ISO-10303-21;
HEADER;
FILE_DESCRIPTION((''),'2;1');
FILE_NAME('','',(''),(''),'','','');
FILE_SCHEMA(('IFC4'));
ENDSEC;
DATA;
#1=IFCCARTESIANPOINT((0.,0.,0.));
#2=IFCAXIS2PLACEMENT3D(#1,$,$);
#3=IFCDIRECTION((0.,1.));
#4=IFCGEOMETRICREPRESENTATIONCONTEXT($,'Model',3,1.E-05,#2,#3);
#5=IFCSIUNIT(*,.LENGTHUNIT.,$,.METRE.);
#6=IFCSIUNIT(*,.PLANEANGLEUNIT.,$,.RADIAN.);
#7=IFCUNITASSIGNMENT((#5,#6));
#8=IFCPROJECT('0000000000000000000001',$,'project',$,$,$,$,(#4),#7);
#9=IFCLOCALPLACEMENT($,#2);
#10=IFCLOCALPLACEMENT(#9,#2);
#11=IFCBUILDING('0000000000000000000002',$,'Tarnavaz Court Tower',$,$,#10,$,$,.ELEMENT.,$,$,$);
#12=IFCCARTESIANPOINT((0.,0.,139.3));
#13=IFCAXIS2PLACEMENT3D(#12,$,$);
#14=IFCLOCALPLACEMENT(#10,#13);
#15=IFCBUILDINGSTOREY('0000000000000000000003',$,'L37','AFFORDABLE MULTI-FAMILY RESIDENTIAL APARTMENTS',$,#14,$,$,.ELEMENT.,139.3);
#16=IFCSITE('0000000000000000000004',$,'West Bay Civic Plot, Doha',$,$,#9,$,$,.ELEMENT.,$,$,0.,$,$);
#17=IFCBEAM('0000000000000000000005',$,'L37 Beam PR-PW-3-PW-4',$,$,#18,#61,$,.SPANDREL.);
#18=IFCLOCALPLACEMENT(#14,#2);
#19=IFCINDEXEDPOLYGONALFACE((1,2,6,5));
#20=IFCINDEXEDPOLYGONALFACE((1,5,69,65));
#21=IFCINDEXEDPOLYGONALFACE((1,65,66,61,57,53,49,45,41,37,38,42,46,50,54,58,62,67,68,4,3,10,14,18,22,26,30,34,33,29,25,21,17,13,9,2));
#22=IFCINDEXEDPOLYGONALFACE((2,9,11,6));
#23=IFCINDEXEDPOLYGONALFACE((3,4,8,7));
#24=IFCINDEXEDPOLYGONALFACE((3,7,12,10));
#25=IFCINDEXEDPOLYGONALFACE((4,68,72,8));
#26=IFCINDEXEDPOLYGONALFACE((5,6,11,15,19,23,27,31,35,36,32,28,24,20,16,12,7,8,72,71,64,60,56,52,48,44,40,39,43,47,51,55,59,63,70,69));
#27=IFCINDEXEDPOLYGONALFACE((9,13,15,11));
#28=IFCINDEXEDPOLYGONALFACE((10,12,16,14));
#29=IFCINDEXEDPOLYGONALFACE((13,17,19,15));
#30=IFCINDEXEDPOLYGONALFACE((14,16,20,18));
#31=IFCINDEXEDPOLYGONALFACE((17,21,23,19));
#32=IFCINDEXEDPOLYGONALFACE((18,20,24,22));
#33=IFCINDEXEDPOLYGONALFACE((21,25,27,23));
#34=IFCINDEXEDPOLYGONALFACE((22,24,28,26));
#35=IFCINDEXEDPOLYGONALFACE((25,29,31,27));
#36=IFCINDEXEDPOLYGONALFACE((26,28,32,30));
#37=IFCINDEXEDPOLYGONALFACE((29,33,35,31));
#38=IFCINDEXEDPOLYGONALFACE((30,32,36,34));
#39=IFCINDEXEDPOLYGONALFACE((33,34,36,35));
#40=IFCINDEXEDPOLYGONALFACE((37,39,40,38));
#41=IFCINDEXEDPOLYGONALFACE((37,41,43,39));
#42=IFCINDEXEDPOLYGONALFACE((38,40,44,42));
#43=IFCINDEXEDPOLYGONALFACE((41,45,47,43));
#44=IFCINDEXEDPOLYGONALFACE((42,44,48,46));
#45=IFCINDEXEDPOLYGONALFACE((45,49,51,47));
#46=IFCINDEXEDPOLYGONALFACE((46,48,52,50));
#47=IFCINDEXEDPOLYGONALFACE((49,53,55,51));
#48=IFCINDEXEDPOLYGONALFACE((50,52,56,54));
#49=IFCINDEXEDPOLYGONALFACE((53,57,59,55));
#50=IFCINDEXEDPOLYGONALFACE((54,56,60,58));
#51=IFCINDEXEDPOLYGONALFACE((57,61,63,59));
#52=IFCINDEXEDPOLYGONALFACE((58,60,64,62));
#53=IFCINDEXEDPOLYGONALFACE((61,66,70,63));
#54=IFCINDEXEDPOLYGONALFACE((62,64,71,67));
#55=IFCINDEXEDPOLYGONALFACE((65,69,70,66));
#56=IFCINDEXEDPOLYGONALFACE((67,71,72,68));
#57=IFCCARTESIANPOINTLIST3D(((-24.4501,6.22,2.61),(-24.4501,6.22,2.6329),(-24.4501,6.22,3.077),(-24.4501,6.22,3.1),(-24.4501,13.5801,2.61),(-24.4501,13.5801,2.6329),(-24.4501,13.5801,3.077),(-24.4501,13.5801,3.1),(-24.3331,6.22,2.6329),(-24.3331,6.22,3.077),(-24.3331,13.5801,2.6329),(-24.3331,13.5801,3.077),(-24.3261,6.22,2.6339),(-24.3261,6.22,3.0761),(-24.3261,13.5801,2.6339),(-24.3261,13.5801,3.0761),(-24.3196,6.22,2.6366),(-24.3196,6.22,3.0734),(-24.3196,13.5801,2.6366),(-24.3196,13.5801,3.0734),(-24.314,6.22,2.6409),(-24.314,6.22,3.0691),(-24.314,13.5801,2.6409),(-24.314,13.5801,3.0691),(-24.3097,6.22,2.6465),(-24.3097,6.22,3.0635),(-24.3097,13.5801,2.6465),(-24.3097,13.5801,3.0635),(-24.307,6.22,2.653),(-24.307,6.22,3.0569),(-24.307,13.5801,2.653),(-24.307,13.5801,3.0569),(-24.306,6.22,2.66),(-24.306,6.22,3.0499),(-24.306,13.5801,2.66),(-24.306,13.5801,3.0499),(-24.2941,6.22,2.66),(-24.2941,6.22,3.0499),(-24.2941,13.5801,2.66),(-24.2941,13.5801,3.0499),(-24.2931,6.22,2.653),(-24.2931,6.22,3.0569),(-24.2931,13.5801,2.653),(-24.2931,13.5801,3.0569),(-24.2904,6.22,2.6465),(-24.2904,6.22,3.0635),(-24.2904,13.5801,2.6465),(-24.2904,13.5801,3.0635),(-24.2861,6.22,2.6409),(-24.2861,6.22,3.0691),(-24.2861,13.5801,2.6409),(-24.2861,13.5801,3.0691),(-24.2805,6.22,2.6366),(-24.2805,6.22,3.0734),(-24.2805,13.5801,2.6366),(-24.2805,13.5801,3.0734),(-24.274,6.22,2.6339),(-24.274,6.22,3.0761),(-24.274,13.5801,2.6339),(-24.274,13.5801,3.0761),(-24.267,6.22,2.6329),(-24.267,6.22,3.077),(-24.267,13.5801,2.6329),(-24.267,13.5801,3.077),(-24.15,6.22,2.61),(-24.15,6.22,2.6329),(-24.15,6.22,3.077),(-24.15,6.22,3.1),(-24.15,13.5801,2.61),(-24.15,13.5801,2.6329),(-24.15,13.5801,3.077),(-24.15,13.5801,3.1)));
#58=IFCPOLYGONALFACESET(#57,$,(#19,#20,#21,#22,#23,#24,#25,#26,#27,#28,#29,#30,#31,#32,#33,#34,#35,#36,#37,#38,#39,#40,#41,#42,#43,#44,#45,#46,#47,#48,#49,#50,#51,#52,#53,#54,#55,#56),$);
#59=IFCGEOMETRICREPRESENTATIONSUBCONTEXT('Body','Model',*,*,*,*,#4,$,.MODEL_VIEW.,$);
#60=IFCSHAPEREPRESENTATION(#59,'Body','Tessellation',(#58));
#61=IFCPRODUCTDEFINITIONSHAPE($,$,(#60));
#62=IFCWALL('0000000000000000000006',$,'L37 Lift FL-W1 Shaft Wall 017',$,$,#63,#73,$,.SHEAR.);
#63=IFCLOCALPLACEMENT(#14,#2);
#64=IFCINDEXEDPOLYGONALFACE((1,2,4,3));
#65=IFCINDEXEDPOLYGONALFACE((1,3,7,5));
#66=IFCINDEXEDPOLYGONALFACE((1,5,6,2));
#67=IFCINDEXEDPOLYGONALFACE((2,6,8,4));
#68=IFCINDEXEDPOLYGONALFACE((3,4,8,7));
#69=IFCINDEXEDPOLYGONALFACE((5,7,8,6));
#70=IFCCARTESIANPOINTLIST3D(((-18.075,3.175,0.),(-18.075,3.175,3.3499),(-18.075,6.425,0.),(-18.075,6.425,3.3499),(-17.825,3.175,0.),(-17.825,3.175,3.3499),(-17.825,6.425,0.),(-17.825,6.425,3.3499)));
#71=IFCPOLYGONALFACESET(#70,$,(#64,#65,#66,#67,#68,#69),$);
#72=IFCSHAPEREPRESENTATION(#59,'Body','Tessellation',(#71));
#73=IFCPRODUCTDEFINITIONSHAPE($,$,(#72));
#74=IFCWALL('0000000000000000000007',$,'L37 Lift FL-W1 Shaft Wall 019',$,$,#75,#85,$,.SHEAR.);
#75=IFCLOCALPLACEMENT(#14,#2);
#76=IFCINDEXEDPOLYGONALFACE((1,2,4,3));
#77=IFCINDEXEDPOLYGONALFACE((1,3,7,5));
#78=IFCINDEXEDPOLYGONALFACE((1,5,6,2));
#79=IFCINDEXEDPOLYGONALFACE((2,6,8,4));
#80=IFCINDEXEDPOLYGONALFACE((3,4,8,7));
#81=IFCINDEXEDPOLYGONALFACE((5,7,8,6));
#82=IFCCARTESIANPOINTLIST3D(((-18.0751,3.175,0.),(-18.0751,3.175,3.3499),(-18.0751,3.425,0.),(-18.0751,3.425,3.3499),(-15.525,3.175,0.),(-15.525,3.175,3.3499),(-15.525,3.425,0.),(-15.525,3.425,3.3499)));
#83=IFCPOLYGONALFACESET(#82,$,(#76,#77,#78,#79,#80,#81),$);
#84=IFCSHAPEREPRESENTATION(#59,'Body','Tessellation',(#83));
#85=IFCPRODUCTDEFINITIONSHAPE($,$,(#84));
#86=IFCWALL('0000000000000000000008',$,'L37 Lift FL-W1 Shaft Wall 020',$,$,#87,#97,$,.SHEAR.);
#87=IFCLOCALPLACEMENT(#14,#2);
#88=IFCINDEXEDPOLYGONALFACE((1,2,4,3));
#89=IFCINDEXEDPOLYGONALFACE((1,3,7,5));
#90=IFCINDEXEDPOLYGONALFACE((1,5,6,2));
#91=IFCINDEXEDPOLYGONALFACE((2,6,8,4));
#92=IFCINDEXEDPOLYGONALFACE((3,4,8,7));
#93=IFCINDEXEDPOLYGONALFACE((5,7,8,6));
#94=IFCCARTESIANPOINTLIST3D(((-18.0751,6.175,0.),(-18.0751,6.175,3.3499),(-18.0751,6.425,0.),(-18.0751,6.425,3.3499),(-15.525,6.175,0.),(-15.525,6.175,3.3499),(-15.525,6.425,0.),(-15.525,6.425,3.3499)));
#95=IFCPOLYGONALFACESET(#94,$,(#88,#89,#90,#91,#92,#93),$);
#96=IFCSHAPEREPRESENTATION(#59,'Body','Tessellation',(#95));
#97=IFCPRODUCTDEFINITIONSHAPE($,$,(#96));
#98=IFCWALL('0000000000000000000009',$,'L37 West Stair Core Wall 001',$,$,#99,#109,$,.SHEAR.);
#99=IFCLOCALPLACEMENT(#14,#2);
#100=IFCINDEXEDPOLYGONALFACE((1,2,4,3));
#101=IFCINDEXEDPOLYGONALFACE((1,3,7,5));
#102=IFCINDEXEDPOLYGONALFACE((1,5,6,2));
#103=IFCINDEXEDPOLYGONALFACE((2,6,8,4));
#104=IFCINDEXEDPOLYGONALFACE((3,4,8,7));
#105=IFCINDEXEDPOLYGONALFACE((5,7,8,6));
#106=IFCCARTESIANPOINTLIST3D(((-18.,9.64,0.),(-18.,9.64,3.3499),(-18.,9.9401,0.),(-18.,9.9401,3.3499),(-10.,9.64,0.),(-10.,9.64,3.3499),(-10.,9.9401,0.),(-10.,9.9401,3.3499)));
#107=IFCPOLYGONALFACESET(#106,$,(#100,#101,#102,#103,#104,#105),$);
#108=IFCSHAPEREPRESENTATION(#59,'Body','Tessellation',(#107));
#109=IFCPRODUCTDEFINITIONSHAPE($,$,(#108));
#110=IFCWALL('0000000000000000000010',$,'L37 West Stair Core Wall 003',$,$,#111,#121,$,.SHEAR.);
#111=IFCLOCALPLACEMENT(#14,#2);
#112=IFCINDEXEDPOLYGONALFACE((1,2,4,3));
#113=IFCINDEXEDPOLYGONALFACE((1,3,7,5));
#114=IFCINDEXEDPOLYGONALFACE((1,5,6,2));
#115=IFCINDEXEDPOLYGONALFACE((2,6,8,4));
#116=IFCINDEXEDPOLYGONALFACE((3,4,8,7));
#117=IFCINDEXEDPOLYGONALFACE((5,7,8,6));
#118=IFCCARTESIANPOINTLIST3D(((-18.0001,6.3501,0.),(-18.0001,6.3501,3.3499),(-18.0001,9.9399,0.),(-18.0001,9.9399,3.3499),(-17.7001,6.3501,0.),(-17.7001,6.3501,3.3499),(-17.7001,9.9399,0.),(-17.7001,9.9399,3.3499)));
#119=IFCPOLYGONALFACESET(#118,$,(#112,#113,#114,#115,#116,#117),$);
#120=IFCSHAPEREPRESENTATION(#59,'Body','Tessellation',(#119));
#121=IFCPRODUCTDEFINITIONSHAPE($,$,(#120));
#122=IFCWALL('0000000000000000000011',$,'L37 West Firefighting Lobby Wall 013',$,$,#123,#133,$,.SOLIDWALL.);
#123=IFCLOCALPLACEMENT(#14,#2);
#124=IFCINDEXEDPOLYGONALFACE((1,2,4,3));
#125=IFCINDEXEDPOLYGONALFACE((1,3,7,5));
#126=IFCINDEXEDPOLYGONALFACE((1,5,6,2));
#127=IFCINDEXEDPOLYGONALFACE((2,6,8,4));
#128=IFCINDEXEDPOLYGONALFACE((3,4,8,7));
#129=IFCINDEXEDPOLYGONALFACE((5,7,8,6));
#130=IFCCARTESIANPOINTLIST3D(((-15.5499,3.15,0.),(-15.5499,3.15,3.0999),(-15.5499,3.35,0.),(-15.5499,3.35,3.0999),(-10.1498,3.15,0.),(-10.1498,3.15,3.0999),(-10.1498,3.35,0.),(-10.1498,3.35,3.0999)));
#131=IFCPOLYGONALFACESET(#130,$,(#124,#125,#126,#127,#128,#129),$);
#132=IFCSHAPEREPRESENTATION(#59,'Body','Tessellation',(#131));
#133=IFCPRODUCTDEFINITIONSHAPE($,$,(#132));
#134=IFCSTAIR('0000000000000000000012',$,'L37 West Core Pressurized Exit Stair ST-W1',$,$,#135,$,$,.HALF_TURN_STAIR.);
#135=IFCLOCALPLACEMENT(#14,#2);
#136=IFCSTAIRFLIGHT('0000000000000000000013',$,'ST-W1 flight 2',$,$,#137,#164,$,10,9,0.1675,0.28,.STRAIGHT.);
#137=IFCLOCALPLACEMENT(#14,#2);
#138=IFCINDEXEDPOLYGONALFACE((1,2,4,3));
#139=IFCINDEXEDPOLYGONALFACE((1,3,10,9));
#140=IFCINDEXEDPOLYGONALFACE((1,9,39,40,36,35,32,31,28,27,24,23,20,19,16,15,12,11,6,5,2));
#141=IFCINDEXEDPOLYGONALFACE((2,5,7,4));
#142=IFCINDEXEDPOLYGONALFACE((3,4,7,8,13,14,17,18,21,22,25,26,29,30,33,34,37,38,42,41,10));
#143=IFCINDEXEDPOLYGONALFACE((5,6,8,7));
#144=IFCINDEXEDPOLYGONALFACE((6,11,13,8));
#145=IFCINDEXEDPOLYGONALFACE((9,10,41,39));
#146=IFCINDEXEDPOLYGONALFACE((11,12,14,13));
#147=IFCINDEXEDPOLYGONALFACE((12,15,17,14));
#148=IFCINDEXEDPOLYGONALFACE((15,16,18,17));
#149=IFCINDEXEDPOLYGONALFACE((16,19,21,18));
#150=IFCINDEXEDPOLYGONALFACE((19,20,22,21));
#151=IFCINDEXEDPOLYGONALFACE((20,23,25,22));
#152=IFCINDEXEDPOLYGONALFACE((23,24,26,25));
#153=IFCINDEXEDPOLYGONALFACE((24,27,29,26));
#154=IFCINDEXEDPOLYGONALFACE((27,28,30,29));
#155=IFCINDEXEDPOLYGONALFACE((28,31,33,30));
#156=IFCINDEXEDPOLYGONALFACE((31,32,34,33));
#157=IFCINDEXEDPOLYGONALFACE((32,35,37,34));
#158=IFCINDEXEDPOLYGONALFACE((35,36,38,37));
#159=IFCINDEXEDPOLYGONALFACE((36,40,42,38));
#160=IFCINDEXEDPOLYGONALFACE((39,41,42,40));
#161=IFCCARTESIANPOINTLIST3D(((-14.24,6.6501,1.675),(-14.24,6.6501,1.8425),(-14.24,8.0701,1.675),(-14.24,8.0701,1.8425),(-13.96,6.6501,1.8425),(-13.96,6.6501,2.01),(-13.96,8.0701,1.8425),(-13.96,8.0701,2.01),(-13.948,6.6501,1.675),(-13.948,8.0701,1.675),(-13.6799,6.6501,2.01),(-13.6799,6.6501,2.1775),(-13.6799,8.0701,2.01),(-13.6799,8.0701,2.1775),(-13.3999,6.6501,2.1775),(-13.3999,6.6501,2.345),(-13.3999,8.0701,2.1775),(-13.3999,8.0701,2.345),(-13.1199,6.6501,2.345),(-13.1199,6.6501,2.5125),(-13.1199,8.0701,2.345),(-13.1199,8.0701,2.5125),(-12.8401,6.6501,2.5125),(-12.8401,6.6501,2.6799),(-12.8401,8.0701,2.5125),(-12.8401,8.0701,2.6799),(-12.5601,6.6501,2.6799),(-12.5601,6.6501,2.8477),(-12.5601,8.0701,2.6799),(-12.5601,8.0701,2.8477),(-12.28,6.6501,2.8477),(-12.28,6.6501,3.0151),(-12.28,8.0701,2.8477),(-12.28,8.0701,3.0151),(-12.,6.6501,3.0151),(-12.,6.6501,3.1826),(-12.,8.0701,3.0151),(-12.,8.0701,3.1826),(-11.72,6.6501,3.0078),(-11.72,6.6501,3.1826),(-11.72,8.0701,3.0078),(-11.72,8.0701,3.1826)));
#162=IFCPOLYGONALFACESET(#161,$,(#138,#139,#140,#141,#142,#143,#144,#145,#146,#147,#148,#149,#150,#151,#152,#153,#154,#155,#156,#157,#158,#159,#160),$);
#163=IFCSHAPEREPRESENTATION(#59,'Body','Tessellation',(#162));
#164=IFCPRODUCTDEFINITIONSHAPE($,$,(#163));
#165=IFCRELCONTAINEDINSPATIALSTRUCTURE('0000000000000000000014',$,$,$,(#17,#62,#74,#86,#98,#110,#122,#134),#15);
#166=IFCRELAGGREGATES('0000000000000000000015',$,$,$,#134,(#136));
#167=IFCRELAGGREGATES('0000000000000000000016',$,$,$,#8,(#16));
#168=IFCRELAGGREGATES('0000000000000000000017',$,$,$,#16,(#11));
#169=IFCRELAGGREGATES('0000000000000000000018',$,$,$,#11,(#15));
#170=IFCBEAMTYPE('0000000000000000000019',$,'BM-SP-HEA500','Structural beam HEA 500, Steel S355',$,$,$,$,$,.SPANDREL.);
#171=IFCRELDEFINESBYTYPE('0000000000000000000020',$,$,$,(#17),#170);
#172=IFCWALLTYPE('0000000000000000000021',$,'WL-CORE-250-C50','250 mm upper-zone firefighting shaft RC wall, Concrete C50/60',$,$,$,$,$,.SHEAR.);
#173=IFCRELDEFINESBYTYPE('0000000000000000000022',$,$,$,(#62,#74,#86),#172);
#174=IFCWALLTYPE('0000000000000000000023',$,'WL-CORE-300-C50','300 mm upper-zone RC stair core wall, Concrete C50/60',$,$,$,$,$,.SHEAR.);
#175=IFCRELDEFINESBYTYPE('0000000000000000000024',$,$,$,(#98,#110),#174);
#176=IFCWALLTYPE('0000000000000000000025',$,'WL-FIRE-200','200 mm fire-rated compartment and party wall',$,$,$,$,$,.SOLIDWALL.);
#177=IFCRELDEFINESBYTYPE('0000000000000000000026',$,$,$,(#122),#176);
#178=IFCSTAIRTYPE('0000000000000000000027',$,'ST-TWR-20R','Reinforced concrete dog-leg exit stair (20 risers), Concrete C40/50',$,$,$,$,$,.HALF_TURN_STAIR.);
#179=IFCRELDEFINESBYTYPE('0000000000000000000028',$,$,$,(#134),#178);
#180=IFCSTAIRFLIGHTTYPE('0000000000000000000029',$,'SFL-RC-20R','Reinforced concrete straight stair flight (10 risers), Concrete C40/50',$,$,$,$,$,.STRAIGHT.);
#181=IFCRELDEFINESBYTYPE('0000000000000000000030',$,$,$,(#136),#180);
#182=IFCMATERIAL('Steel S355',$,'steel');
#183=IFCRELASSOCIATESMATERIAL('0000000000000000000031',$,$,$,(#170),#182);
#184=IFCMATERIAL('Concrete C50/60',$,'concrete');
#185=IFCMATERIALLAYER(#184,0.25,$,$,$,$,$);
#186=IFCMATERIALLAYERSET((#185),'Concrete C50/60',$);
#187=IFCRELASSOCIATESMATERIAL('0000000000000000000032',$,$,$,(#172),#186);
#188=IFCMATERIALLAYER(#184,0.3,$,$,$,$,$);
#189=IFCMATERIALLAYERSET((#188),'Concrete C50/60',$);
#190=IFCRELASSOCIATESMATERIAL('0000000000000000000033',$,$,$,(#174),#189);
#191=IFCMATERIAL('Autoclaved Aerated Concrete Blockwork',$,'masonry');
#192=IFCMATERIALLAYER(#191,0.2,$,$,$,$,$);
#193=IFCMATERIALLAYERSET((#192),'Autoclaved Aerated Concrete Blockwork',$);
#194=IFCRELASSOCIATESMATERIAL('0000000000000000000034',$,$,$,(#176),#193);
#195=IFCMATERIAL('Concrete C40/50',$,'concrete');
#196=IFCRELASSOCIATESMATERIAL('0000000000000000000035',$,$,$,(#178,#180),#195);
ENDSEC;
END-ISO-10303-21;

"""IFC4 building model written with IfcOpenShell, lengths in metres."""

from ifc_helpers import new_model, si_unit, direction, frame, frame_2d, origin, origin_2d, place, context, subcontext, project, spatial, polyline, rectangle, i_section, outline, extrude, material, layer, layer_set, material_profile, profile_set, type_object, element, aggregate, save


model = new_model("IFC4")

# Units and contexts
model_context = context("Model", 3, precision=1e-05, world=origin(), true_north=direction((0.0, 1.0)))
body_context = subcontext(model_context, "Body", "Model", "MODEL_VIEW")
ifc_project = project(units=[si_unit("LENGTHUNIT", "METRE"), si_unit("PLANEANGLEUNIT", "RADIAN")], contexts=[model_context])

# Site, building, storey
site_placement = place(None, origin())
site = spatial("IfcSite", under=ifc_project, at=site_placement, Name="West Bay Civic Plot, Doha", CompositionType="ELEMENT", RefElevation=0.0)
building_placement = place(site_placement, origin())
building = spatial("IfcBuilding", under=site, at=building_placement, Name="Tarnavaz Court Tower", CompositionType="ELEMENT")
storey_placement = place(building_placement, frame((0.0, 0.0, 139.3)))
storey = spatial("IfcBuildingStorey", under=building, at=storey_placement, Name="L37", Description="AFFORDABLE MULTI-FAMILY RESIDENTIAL APARTMENTS", CompositionType="ELEMENT", Elevation=139.3)

# Shared definitions
ifc_material_1 = material(Name="Concrete C50/60", Category="concrete")

# Beam
ifc_material_2 = material(Name="Steel S355", Category="steel")
ifc_material_profile_1 = material_profile(ifc_material_2, i_section(OverallWidth=0.3, OverallDepth=0.49, WebThickness=0.012, FlangeThickness=0.0229, FilletRadius=0.0271, at=origin_2d()), Name="HEA 500")
ifc_profile_set_1 = profile_set([ifc_material_profile_1], Name="Steel S355")
beam_type_1 = type_object("IfcBeamType", Name="BM-SP-HEA500", Description="Structural beam HEA 500, Steel S355", PredefinedType="SPANDREL", material=ifc_profile_set_1)
beam_1_placement = place(storey_placement, frame((-24.3, 6.22, 2.855), z_axis=(0.0, 1.0, 0.0), x_axis=(-1.0, 0.0, 0.0)))
element("IfcBeam", 1, at=beam_1_placement, inside=storey, type_object=beam_type_1, Name="L37 Beam PR-PW-3-PW-4", PredefinedType="SPANDREL", context=body_context, shape_type="SweptSolid", body=[
    extrude(i_section(OverallWidth=0.3, OverallDepth=0.49, WebThickness=0.012, FlangeThickness=0.0229, FilletRadius=0.0271, at=origin_2d()), origin(), (0.0, 0.0, 1.0), 7.3601),
])

# Wall
ifc_layer_1 = layer(ifc_material_1, 0.25)
ifc_layer_set_1 = layer_set([ifc_layer_1], Name="Concrete C50/60")
wall_type_1 = type_object("IfcWallType", Name="WL-CORE-250-C50", Description="250 mm upper-zone firefighting shaft RC wall, Concrete C50/60", PredefinedType="SHEAR", material=ifc_layer_set_1)
wall_1_placement = place(storey_placement, frame((-17.95, 3.175, 0.0), z_axis=(0.0, 0.0, 1.0), x_axis=(0.0, 1.0, 0.0)))
element("IfcWall", 2, at=wall_1_placement, inside=storey, type_object=wall_type_1, Name="L37 Lift FL-W1 Shaft Wall 017", PredefinedType="SHEAR", context=body_context, shape_type="SweptSolid", body=[
    extrude(rectangle(XDim=3.25, YDim=0.25, at=frame_2d((1.625, 0.0))), origin(), (0.0, 0.0, 1.0), 3.3499),
])

# Walls
for number, where, z_axis, x_axis, name in (
    (3, (-18.075, 3.3, 0.0), (0.0, 0.0, 1.0), (1.0, 0.0, 0.0), "L37 Lift FL-W1 Shaft Wall 019"),
    (4, (-18.075, 6.3, 0.0), (0.0, 0.0, 1.0), (1.0, 0.0, 0.0), "L37 Lift FL-W1 Shaft Wall 020"),
):
    element("IfcWall", number, at=place(storey_placement, frame(where, z_axis=z_axis, x_axis=x_axis)), inside=storey, type_object=wall_type_1, Name=name, PredefinedType="SHEAR", context=body_context, shape_type="SweptSolid", body=[
        extrude(rectangle(XDim=2.55, YDim=0.25, at=frame_2d((1.2749, 0.0))), origin(), (0.0, 0.0, 1.0), 3.3499),
    ])
ifc_layer_2 = layer(ifc_material_1, 0.3)
ifc_layer_set_2 = layer_set([ifc_layer_2], Name="Concrete C50/60")
wall_type_2 = type_object("IfcWallType", Name="WL-CORE-300-C50", Description="300 mm upper-zone RC stair core wall, Concrete C50/60", PredefinedType="SHEAR", material=ifc_layer_set_2)
wall_2_placement = place(storey_placement, frame((-18.0, 9.79, 0.0), z_axis=(0.0, 0.0, 1.0), x_axis=(1.0, 0.0, 0.0)))
element("IfcWall", 5, at=wall_2_placement, inside=storey, type_object=wall_type_2, Name="L37 West Stair Core Wall 001", PredefinedType="SHEAR", context=body_context, shape_type="SweptSolid", body=[
    extrude(rectangle(XDim=8.0, YDim=0.3, at=frame_2d((4.0, 0.0))), origin(), (0.0, 0.0, 1.0), 3.3499),
])

# Walls
wall_3_placement = place(storey_placement, frame((-17.8501, 6.3501, 0.0), z_axis=(0.0, 0.0, 1.0), x_axis=(0.0, 1.0, 0.0)))
element("IfcWall", 6, at=wall_3_placement, inside=storey, type_object=wall_type_2, Name="L37 West Stair Core Wall 003", PredefinedType="SHEAR", context=body_context, shape_type="SweptSolid", body=[
    extrude(rectangle(XDim=3.5898, YDim=0.3, at=frame_2d((1.7949, 0.0))), origin(), (0.0, 0.0, 1.0), 3.3499),
])
ifc_material_3 = material(Name="Autoclaved Aerated Concrete Blockwork", Category="masonry")
ifc_layer_3 = layer(ifc_material_3, 0.2)
ifc_layer_set_3 = layer_set([ifc_layer_3], Name="Autoclaved Aerated Concrete Blockwork")
wall_type_3 = type_object("IfcWallType", Name="WL-FIRE-200", Description="200 mm fire-rated compartment and party wall", PredefinedType="SOLIDWALL", material=ifc_layer_set_3)
wall_4_placement = place(storey_placement, frame((-15.55, 3.25, 0.0), z_axis=(0.0, 0.0, 1.0), x_axis=(1.0, 0.0, 0.0)))
element("IfcWall", 7, at=wall_4_placement, inside=storey, type_object=wall_type_3, Name="L37 West Firefighting Lobby Wall 013", PredefinedType="SOLIDWALL", context=body_context, shape_type="SweptSolid", body=[
    extrude(rectangle(XDim=5.4001, YDim=0.2, at=frame_2d((2.7002, 0.0))), origin(), (0.0, 0.0, 1.0), 3.0999),
])

# Stair, stair flight
ifc_material_4 = material(Name="Concrete C40/50", Category="concrete")
stair_type = type_object("IfcStairType", Name="ST-TWR-20R", Description="Reinforced concrete dog-leg exit stair (20 risers), Concrete C40/50", PredefinedType="HALF_TURN_STAIR", material=ifc_material_4)
stair_placement = place(storey_placement, origin())
stair = element("IfcStair", 8, at=stair_placement, inside=storey, type_object=stair_type, Name="L37 West Core Pressurized Exit Stair ST-W1", PredefinedType="HALF_TURN_STAIR")
stair_flight_type = type_object("IfcStairFlightType", Name="SFL-RC-20R", Description="Reinforced concrete straight stair flight (10 risers), Concrete C40/50", PredefinedType="STRAIGHT", material=ifc_material_4)
stair_flight_placement = place(storey_placement, frame((-14.24, 7.3601, 1.675), z_axis=(0.0, 0.0, 1.0), x_axis=(1.0, 0.0, 0.0)))
stair_flight = element("IfcStairFlight", 9, at=stair_flight_placement, type_object=stair_flight_type, Name="ST-W1 flight 2", NumberOfRisers=10, NumberOfTreads=9, PredefinedType="STRAIGHT", RiserHeight=0.1675, TreadLength=0.28, context=body_context, shape_type="SweptSolid", body=[
    extrude(outline(polyline([(0.0, 0.0), (0.0, 0.1675), (0.28, 0.1675), (0.28, 0.335), (0.5601, 0.335), (0.5601, 0.5024), (0.8401, 0.5024), (0.8401, 0.6699), (1.1201, 0.6699), (1.1201, 0.8374), (1.3999, 0.8374), (1.3999, 1.0049), (1.6799, 1.0049), (1.6799, 1.1726), (1.96, 1.1726), (1.96, 1.3401), (2.24, 1.3401), (2.24, 1.5076), (2.52, 1.5076), (2.52, 1.675), (2.52, 1.3328), (0.292, 0.0), (0.0, 0.0)])), frame((0.0, 0.71, 0.0), z_axis=(0.0, -1.0, 0.0), x_axis=(1.0, 0.0, 0.0)), (0.0, 0.0, 1.0), 1.4199),
])
aggregate(stair, [stair_flight])

save(model, "model.ifc")
